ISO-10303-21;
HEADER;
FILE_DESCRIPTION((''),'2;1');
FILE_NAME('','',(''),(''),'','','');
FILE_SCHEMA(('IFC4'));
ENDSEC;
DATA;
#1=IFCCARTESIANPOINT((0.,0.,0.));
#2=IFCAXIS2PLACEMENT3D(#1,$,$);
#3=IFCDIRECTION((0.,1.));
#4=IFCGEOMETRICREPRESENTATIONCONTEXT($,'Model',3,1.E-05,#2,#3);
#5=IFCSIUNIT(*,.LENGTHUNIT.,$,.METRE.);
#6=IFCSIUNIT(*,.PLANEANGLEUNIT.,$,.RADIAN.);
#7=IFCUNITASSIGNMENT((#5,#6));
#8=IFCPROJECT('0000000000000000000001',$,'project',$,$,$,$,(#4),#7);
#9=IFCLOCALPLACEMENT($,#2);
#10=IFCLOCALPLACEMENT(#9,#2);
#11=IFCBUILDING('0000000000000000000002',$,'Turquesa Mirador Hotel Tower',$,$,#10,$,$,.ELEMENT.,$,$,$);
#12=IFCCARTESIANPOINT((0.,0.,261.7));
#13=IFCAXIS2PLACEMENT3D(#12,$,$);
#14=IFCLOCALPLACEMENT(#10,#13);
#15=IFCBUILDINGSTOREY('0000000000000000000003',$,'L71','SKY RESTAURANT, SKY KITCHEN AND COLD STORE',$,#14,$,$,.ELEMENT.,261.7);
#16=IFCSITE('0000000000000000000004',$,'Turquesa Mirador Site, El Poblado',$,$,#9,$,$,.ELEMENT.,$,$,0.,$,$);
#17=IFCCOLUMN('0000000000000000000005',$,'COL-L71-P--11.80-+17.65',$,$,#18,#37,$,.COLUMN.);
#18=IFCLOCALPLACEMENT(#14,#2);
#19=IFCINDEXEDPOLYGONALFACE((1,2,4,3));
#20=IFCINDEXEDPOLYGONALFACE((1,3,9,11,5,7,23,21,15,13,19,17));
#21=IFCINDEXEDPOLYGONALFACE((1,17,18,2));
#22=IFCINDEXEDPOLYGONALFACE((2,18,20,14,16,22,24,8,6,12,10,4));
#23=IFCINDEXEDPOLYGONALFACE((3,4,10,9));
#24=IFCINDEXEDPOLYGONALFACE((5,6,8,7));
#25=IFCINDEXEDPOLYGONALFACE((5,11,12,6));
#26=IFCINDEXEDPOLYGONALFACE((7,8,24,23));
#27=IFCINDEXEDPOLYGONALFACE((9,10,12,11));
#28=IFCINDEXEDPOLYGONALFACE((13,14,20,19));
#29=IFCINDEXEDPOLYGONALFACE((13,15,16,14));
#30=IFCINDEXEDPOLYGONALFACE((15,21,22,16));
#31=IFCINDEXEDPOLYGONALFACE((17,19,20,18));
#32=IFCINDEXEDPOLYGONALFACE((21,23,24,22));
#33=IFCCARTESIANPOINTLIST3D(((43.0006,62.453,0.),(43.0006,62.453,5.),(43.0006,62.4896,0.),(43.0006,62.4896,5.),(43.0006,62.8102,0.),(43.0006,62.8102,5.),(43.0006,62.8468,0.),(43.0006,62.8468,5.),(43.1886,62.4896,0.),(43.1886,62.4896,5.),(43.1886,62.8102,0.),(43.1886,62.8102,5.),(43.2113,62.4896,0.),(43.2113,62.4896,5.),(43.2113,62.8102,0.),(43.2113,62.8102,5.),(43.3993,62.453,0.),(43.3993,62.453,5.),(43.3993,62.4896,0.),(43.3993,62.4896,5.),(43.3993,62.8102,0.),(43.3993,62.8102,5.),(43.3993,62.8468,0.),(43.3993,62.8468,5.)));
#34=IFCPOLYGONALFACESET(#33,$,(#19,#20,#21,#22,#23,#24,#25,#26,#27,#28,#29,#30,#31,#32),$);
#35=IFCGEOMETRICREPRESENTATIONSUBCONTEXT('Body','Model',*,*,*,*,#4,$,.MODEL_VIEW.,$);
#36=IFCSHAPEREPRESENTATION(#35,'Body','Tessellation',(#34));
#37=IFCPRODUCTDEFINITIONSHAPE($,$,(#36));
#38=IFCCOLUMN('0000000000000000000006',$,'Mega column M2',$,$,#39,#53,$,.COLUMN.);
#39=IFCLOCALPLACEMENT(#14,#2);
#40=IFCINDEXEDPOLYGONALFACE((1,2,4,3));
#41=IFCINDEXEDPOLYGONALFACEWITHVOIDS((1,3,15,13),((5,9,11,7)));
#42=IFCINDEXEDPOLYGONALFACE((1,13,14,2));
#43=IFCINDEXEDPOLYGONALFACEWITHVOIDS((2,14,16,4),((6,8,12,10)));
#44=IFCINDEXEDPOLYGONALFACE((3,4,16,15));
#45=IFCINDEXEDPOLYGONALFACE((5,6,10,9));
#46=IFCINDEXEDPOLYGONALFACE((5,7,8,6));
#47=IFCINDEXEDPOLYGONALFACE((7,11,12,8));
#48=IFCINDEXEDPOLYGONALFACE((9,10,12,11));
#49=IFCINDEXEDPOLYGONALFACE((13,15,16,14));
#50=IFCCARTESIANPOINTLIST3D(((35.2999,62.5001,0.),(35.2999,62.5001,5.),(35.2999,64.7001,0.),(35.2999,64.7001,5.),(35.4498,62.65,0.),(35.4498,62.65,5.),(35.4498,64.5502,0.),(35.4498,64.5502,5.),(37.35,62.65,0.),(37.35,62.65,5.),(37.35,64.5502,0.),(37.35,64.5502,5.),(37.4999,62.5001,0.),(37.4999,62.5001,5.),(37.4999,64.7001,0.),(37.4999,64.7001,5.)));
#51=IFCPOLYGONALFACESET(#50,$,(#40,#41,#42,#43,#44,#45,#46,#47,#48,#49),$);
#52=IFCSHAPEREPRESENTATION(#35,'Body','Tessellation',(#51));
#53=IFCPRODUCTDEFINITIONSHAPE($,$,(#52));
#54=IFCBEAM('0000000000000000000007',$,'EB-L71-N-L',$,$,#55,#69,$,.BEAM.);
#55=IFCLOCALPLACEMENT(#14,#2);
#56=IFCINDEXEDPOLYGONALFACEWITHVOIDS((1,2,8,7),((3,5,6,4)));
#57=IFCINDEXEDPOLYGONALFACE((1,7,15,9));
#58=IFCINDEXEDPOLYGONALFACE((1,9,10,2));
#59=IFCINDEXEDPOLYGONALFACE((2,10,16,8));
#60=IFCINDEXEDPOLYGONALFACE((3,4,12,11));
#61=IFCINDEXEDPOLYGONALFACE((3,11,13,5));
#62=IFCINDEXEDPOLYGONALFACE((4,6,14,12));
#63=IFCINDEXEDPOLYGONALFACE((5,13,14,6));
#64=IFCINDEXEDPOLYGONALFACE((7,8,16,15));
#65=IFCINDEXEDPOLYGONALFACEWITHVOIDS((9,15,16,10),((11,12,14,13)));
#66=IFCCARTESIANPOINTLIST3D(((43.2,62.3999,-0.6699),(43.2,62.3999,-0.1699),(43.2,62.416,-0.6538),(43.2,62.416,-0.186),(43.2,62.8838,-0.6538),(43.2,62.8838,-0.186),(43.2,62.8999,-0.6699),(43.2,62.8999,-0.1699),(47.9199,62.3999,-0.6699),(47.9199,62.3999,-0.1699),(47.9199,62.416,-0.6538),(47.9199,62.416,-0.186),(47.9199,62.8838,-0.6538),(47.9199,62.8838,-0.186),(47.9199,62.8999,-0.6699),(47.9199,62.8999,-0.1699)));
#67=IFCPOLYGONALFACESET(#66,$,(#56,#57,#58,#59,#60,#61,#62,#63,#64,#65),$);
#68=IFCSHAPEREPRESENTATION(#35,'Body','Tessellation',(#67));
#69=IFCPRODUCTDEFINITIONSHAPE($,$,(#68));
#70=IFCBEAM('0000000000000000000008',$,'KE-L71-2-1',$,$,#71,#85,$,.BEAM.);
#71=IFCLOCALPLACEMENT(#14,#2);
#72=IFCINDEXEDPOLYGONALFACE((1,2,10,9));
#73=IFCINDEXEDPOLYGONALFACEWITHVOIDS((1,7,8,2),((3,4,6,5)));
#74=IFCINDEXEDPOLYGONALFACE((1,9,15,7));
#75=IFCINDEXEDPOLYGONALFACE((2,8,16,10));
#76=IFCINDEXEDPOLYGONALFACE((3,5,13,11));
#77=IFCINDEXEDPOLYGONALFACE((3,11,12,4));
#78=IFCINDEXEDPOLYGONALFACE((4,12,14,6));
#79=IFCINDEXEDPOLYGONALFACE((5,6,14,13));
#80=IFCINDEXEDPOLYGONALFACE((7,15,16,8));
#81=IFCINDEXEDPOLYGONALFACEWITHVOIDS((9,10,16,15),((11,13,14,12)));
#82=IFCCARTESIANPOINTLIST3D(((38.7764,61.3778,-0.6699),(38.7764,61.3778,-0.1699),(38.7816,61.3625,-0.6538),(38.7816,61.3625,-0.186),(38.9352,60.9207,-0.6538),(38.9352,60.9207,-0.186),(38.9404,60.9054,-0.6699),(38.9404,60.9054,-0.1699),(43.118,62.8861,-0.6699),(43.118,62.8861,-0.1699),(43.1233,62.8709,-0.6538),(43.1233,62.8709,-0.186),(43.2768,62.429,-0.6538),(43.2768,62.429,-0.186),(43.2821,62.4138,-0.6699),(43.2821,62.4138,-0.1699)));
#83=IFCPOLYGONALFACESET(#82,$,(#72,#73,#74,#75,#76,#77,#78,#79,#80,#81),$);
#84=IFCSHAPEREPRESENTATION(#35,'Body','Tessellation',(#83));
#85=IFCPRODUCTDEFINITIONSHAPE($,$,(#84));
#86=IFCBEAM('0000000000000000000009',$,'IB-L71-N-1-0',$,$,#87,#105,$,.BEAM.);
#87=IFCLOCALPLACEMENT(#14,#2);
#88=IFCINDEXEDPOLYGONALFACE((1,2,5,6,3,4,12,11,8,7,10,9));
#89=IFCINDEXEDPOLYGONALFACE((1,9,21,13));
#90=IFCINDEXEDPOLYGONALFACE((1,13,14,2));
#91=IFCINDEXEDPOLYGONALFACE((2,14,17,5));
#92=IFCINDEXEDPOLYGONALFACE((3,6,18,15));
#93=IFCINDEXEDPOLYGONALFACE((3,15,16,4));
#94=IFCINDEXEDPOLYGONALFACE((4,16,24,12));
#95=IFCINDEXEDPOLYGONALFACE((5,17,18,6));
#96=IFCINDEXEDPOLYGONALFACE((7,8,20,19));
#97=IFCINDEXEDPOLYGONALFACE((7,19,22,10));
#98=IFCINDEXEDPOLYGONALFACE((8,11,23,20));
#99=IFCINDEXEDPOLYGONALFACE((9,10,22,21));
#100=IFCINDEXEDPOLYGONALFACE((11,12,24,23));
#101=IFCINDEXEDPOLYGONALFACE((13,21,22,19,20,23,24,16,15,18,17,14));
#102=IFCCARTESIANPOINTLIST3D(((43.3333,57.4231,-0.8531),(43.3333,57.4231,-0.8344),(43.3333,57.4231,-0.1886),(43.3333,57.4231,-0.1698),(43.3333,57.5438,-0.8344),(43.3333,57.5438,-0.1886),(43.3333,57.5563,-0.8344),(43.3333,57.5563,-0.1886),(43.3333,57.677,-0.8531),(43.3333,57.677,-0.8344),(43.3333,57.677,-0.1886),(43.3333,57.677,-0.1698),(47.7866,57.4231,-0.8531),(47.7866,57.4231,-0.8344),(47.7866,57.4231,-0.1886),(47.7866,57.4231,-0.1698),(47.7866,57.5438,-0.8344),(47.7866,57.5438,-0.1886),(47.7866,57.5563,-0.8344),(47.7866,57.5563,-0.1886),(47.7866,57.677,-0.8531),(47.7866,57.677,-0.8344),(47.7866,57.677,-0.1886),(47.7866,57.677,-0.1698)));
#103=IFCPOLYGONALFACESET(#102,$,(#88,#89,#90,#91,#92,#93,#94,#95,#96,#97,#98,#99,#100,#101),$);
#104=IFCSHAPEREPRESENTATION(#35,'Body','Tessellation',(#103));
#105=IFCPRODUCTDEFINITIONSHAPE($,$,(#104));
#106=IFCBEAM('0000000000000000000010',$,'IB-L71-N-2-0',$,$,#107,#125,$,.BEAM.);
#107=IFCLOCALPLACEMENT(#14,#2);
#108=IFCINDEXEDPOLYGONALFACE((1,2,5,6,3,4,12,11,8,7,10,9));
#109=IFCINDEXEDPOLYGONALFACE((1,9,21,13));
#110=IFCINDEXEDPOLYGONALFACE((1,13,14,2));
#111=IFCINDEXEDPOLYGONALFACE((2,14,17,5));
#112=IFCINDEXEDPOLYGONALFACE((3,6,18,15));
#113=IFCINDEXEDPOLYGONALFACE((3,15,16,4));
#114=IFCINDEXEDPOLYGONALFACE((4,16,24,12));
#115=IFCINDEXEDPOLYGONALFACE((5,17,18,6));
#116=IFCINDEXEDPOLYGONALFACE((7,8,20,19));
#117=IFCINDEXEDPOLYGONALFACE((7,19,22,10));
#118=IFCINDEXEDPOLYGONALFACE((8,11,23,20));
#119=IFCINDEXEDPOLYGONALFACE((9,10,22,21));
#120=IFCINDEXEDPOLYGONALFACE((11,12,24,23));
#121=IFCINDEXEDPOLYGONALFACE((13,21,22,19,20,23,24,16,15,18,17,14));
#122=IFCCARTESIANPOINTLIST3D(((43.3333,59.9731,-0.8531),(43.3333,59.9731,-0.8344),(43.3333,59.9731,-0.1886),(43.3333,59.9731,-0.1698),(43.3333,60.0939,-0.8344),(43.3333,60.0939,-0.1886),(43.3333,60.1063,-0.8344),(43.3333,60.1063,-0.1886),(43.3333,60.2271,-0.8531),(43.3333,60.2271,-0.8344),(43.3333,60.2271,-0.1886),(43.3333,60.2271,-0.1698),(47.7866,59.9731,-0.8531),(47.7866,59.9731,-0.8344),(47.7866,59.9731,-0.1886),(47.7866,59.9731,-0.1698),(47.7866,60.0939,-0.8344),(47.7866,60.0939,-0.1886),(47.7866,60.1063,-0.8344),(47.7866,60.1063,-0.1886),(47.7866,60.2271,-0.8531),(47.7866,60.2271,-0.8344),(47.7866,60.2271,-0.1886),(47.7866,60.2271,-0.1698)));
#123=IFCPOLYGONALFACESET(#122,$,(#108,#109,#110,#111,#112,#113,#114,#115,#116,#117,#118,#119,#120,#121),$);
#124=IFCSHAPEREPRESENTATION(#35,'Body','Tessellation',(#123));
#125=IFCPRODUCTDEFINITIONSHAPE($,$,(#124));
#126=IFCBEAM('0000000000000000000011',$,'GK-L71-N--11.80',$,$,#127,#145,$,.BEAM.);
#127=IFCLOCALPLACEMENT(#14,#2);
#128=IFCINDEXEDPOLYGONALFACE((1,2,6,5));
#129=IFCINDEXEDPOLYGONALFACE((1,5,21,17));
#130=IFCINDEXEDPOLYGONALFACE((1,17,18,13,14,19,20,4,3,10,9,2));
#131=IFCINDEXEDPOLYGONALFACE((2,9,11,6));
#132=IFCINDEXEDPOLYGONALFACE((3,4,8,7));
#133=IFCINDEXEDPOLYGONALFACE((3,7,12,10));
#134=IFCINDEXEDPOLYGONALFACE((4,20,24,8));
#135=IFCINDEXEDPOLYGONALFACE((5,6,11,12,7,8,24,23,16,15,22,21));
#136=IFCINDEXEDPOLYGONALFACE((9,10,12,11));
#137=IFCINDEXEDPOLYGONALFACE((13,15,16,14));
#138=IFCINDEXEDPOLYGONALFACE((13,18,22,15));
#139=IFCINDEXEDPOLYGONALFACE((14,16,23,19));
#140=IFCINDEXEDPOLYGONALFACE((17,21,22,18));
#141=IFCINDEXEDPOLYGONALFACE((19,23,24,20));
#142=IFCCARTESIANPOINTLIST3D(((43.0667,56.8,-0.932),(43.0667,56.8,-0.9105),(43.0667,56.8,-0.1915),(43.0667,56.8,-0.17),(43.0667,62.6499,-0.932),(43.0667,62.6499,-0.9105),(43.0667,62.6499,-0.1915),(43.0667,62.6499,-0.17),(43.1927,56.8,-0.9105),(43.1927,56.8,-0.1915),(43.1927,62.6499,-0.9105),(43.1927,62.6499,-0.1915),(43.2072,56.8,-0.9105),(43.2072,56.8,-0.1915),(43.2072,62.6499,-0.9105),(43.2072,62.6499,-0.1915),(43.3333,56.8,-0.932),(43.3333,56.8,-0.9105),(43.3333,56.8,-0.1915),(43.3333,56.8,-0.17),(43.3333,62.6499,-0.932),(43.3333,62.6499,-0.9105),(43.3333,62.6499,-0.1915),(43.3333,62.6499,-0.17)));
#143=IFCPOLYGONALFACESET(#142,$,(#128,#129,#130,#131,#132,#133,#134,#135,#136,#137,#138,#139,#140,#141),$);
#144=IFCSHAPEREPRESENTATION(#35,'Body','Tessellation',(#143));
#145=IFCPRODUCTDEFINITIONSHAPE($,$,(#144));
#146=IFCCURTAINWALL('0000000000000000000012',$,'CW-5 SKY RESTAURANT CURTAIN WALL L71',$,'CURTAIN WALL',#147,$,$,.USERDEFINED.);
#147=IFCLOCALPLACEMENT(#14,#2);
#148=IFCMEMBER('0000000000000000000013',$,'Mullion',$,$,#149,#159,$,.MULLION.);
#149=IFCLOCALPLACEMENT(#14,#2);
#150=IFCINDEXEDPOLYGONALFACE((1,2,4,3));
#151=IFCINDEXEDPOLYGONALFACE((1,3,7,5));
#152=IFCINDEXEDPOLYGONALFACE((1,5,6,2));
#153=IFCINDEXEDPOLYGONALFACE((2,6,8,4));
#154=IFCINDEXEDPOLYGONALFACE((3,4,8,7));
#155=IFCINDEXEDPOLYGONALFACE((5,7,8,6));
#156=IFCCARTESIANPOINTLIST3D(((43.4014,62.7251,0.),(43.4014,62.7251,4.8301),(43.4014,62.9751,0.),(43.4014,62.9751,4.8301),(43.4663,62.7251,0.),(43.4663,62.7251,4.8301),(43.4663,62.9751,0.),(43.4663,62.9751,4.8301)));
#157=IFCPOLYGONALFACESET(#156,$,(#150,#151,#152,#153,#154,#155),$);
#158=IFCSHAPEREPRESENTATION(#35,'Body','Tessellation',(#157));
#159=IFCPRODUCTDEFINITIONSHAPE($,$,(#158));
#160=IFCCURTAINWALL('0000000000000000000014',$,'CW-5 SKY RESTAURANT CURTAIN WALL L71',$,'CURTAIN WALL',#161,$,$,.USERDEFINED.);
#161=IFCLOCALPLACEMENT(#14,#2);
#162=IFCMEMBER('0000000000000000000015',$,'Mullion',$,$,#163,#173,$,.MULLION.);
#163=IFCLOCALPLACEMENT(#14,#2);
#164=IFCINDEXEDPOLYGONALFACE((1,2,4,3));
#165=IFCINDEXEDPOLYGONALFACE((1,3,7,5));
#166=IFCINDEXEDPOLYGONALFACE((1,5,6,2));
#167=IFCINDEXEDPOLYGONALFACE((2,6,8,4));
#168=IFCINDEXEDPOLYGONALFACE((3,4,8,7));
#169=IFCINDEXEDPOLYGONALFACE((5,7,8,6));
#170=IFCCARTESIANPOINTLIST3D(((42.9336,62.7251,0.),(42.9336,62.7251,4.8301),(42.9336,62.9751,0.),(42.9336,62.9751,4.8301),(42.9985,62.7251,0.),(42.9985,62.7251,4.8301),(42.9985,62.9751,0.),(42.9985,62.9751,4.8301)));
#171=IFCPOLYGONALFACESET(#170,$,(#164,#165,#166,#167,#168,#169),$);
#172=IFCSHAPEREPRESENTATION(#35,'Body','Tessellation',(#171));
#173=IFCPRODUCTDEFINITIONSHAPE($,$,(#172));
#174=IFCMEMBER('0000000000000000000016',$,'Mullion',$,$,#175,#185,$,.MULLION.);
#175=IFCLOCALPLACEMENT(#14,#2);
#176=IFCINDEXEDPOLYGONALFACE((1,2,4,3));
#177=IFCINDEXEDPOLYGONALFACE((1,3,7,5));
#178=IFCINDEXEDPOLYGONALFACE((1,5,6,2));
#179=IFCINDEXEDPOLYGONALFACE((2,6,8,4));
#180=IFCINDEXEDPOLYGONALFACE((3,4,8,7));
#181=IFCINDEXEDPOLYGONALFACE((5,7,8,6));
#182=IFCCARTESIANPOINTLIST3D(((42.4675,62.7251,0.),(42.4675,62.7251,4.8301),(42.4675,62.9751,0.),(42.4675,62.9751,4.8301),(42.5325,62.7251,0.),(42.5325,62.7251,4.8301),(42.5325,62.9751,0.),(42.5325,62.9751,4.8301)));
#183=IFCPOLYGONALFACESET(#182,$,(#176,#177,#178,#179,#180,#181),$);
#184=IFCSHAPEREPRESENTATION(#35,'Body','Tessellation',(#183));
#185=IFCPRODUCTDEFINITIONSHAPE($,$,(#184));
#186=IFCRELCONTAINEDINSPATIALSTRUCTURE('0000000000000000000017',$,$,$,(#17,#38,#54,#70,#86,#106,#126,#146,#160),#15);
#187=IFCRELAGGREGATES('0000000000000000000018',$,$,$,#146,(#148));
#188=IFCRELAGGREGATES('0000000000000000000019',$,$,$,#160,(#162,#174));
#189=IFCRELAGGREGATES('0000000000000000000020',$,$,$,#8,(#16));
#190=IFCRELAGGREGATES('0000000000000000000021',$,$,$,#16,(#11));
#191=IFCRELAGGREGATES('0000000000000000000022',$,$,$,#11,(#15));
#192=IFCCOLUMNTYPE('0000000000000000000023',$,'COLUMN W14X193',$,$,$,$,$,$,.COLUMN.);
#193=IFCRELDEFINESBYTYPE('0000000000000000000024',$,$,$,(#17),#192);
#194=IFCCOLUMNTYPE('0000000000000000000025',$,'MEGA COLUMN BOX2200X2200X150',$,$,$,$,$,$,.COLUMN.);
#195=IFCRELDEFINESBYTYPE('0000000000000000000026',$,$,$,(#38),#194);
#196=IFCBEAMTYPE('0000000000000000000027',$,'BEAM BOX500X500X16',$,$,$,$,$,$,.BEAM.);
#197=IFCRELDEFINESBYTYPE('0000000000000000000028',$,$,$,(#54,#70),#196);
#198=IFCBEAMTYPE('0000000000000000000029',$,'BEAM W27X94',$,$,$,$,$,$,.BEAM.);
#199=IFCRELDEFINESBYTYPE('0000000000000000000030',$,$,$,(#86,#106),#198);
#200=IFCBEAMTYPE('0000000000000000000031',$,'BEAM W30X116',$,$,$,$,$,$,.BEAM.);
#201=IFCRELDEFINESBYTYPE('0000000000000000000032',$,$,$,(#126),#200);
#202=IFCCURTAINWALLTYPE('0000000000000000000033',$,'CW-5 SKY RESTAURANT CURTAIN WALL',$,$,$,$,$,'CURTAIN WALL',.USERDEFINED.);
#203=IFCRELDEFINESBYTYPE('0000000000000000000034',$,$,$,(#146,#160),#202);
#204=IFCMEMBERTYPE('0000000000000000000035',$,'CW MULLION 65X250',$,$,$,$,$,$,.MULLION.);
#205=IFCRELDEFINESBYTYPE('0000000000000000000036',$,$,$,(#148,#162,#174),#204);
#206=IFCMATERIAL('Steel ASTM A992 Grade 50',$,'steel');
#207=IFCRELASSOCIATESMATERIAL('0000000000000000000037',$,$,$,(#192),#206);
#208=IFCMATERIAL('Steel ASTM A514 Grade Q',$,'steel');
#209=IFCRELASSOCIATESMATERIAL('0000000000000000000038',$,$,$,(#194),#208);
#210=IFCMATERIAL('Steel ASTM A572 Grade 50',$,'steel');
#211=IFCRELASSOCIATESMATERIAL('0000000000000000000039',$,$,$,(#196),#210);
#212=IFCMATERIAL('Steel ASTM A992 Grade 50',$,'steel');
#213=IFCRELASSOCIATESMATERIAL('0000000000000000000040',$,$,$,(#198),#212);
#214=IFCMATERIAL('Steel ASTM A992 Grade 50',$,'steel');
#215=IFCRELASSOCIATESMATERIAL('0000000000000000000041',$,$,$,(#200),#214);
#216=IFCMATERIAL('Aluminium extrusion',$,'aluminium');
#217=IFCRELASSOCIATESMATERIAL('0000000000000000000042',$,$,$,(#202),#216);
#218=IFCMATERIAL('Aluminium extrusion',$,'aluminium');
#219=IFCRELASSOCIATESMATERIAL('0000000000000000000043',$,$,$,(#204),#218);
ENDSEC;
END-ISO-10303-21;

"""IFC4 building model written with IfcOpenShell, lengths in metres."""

from ifc_helpers import new_model, si_unit, direction, frame, origin, origin_2d, place, context, subcontext, project, spatial, rectangle, hollow_rectangle, i_section, extrude, material, material_profile, profile_set, type_object, element, aggregate, save


model = new_model("IFC4")

# Units and contexts
model_context = context("Model", 3, precision=1e-05, world=origin(), true_north=direction((0.0, 1.0)))
body_context = subcontext(model_context, "Body", "Model", "MODEL_VIEW")
ifc_project = project(units=[si_unit("LENGTHUNIT", "METRE"), si_unit("PLANEANGLEUNIT", "RADIAN")], contexts=[model_context])

# Site, building, storey
site_placement = place(None, origin())
site = spatial("IfcSite", under=ifc_project, at=site_placement, Name="Turquesa Mirador Site, El Poblado", CompositionType="ELEMENT", RefElevation=0.0)
building_placement = place(site_placement, origin())
building = spatial("IfcBuilding", under=site, at=building_placement, Name="Turquesa Mirador Hotel Tower", CompositionType="ELEMENT")
storey_placement = place(building_placement, frame((0.0, 0.0, 261.7)))
storey = spatial("IfcBuildingStorey", under=building, at=storey_placement, Name="L71", Description="SKY RESTAURANT, SKY KITCHEN AND COLD STORE", CompositionType="ELEMENT", Elevation=261.7)

# Columns
ifc_material_1 = material(Name="Steel ASTM A992 Grade 50", Category="steel")
ifc_material_profile_1 = material_profile(ifc_material_1, i_section(OverallWidth=0.3987, OverallDepth=0.3938, WebThickness=0.0227, FlangeThickness=0.0366, at=origin_2d()), Name="W14X193")
ifc_profile_set_1 = profile_set([ifc_material_profile_1], Name="Steel ASTM A992 Grade 50")
column_type_1 = type_object("IfcColumnType", Name="COLUMN W14X193", PredefinedType="COLUMN", material=ifc_profile_set_1)
column_1_placement = place(storey_placement, frame((43.2, 62.6499, 0.0), z_axis=(0.0, 0.0, 1.0), x_axis=(1.0, 0.0, 0.0)))
element("IfcColumn", 1, at=column_1_placement, inside=storey, type_object=column_type_1, Name="COL-L71-P--11.80-+17.65", PredefinedType="COLUMN", context=body_context, shape_type="SweptSolid", body=[
    extrude(i_section(OverallWidth=0.3987, OverallDepth=0.3938, WebThickness=0.0227, FlangeThickness=0.0366, at=origin_2d()), origin(), (0.0, 0.0, 1.0), 5.0),
])
ifc_material_2 = material(Name="Steel ASTM A514 Grade Q", Category="steel")
ifc_material_profile_2 = material_profile(ifc_material_2, hollow_rectangle(XDim=2.2, YDim=2.2, WallThickness=0.1499, at=origin_2d()), Name="BOX2200X2200X150")
ifc_profile_set_2 = profile_set([ifc_material_profile_2], Name="Steel ASTM A514 Grade Q")
column_type_2 = type_object("IfcColumnType", Name="MEGA COLUMN BOX2200X2200X150", PredefinedType="COLUMN", material=ifc_profile_set_2)
column_2_placement = place(storey_placement, frame((36.3999, 63.6001, 0.0), z_axis=(0.0, 0.0, 1.0), x_axis=(1.0, 0.0, 0.0)))
element("IfcColumn", 2, at=column_2_placement, inside=storey, type_object=column_type_2, Name="Mega column M2", PredefinedType="COLUMN", context=body_context, shape_type="SweptSolid", body=[
    extrude(hollow_rectangle(XDim=2.2, YDim=2.2, WallThickness=0.1499, at=origin_2d()), origin(), (0.0, 0.0, 1.0), 5.0),
])

# Beams
ifc_material_3 = material(Name="Steel ASTM A572 Grade 50", Category="steel")
ifc_material_profile_3 = material_profile(ifc_material_3, hollow_rectangle(XDim=0.5, YDim=0.5, WallThickness=0.0161, at=origin_2d()), Name="BOX500X500X16")
ifc_profile_set_3 = profile_set([ifc_material_profile_3], Name="Steel ASTM A572 Grade 50")
beam_type_1 = type_object("IfcBeamType", Name="BEAM BOX500X500X16", PredefinedType="BEAM", material=ifc_profile_set_3)
beam_1_placement = place(storey_placement, frame((43.2, 62.6499, -0.4199), z_axis=(1.0, 0.0, 0.0), x_axis=(0.0, 1.0, 0.0)))
element("IfcBeam", 3, at=beam_1_placement, inside=storey, type_object=beam_type_1, Name="EB-L71-N-L", PredefinedType="BEAM", context=body_context, shape_type="SweptSolid", body=[
    extrude(hollow_rectangle(XDim=0.5, YDim=0.5, WallThickness=0.0161, at=origin_2d()), origin(), (0.0, 0.0, 1.0), 4.72),
])
beam_2_placement = place(storey_placement, frame((38.8584, 61.1416, -0.4199), z_axis=(0.944619, 0.32817, 0.0), x_axis=(-0.32817, 0.944619, 0.0)))
element("IfcBeam", 4, at=beam_2_placement, inside=storey, type_object=beam_type_1, Name="KE-L71-2-1", PredefinedType="BEAM", context=body_context, shape_type="SweptSolid", body=[
    extrude(hollow_rectangle(XDim=0.5, YDim=0.5, WallThickness=0.0161, at=origin_2d()), origin(), (0.0, 0.0, 1.0), 4.5962),
])
ifc_material_4 = material(Name="Steel ASTM A992 Grade 50", Category="steel")
ifc_material_profile_4 = material_profile(ifc_material_4, i_section(OverallWidth=0.2539, OverallDepth=0.6833, WebThickness=0.0125, FlangeThickness=0.0188, at=origin_2d()), Name="W27X94")
ifc_profile_set_4 = profile_set([ifc_material_profile_4], Name="Steel ASTM A992 Grade 50")
beam_type_2 = type_object("IfcBeamType", Name="BEAM W27X94", PredefinedType="BEAM", material=ifc_profile_set_4)
for number, where, z_axis, x_axis, name in (
    (5, (43.3333, 57.55, -0.5115), (1.0, 0.0, 0.0), (0.0, 1.0, 0.0), "IB-L71-N-1-0"),
    (6, (43.3333, 60.1001, -0.5115), (1.0, 0.0, 0.0), (0.0, 1.0, 0.0), "IB-L71-N-2-0"),
):
    element("IfcBeam", number, at=place(storey_placement, frame(where, z_axis=z_axis, x_axis=x_axis)), inside=storey, type_object=beam_type_2, Name=name, PredefinedType="BEAM", context=body_context, shape_type="SweptSolid", body=[
        extrude(i_section(OverallWidth=0.2539, OverallDepth=0.6833, WebThickness=0.0125, FlangeThickness=0.0188, at=origin_2d()), origin(), (0.0, 0.0, 1.0), 4.4534),
    ])
ifc_material_5 = material(Name="Steel ASTM A992 Grade 50", Category="steel")
ifc_material_profile_5 = material_profile(ifc_material_5, i_section(OverallWidth=0.2666, OverallDepth=0.762, WebThickness=0.0144, FlangeThickness=0.0215, at=origin_2d()), Name="W30X116")
ifc_profile_set_5 = profile_set([ifc_material_profile_5], Name="Steel ASTM A992 Grade 50")
beam_type_3 = type_object("IfcBeamType", Name="BEAM W30X116", PredefinedType="BEAM", material=ifc_profile_set_5)
beam_3_placement = place(storey_placement, frame((43.2, 62.6499, -0.551), z_axis=(0.0, -1.0, 0.0), x_axis=(1.0, 0.0, 0.0)))
element("IfcBeam", 7, at=beam_3_placement, inside=storey, type_object=beam_type_3, Name="GK-L71-N--11.80", PredefinedType="BEAM", context=body_context, shape_type="SweptSolid", body=[
    extrude(i_section(OverallWidth=0.2666, OverallDepth=0.762, WebThickness=0.0144, FlangeThickness=0.0215, at=origin_2d()), origin(), (0.0, 0.0, 1.0), 5.8499),
])

# Curtain wall, member
ifc_material_6 = material(Name="Aluminium extrusion", Category="aluminium")
curtain_wall_type = type_object("IfcCurtainWallType", Name="CW-5 SKY RESTAURANT CURTAIN WALL", ElementType="CURTAIN WALL", PredefinedType="USERDEFINED", material=ifc_material_6)
curtain_wall_1_placement = place(storey_placement, origin())
curtain_wall_1 = element("IfcCurtainWall", 8, at=curtain_wall_1_placement, inside=storey, type_object=curtain_wall_type, Name="CW-5 SKY RESTAURANT CURTAIN WALL L71", ObjectType="CURTAIN WALL", PredefinedType="USERDEFINED")
ifc_material_7 = material(Name="Aluminium extrusion", Category="aluminium")
ifc_material_profile_6 = material_profile(ifc_material_7, rectangle(XDim=0.0649, YDim=0.25, at=origin_2d()), Name="MULLION 65X250")
ifc_profile_set_6 = profile_set([ifc_material_profile_6], Name="Aluminium extrusion")
member_type_1 = type_object("IfcMemberType", Name="CW MULLION 65X250", PredefinedType="MULLION", material=ifc_profile_set_6)
member_1_placement = place(storey_placement, frame((43.4338, 62.8501, 0.0), z_axis=(0.0, 0.0, 1.0), x_axis=(-1.0, 0.0, 0.0)))
member_1 = element("IfcMember", 9, at=member_1_placement, type_object=member_type_1, Name="Mullion", PredefinedType="MULLION", context=body_context, shape_type="SweptSolid", body=[
    extrude(rectangle(XDim=0.0649, YDim=0.25, at=origin_2d()), origin(), (0.0, 0.0, 1.0), 4.8301),
])
aggregate(curtain_wall_1, [member_1])

# Curtain wall, members
curtain_wall_2_placement = place(storey_placement, origin())
curtain_wall_2 = element("IfcCurtainWall", 10, at=curtain_wall_2_placement, inside=storey, type_object=curtain_wall_type, Name="CW-5 SKY RESTAURANT CURTAIN WALL L71", ObjectType="CURTAIN WALL", PredefinedType="USERDEFINED")
member_2_placement = place(storey_placement, frame((42.9661, 62.8501, 0.0), z_axis=(0.0, 0.0, 1.0), x_axis=(-1.0, 0.0, 0.0)))
member_2 = element("IfcMember", 11, at=member_2_placement, type_object=member_type_1, Name="Mullion", PredefinedType="MULLION", context=body_context, shape_type="SweptSolid", body=[
    extrude(rectangle(XDim=0.0649, YDim=0.25, at=origin_2d()), origin(), (0.0, 0.0, 1.0), 4.8301),
])
member_3_placement = place(storey_placement, frame((42.5, 62.8501, 0.0), z_axis=(0.0, 0.0, 1.0), x_axis=(-1.0, 0.0, 0.0)))
member_3 = element("IfcMember", 12, at=member_3_placement, type_object=member_type_1, Name="Mullion", PredefinedType="MULLION", context=body_context, shape_type="SweptSolid", body=[
    extrude(rectangle(XDim=0.0649, YDim=0.25, at=origin_2d()), origin(), (0.0, 0.0, 1.0), 4.8301),
])

aggregate(curtain_wall_2, [member_2, member_3])

save(model, "model.ifc")
